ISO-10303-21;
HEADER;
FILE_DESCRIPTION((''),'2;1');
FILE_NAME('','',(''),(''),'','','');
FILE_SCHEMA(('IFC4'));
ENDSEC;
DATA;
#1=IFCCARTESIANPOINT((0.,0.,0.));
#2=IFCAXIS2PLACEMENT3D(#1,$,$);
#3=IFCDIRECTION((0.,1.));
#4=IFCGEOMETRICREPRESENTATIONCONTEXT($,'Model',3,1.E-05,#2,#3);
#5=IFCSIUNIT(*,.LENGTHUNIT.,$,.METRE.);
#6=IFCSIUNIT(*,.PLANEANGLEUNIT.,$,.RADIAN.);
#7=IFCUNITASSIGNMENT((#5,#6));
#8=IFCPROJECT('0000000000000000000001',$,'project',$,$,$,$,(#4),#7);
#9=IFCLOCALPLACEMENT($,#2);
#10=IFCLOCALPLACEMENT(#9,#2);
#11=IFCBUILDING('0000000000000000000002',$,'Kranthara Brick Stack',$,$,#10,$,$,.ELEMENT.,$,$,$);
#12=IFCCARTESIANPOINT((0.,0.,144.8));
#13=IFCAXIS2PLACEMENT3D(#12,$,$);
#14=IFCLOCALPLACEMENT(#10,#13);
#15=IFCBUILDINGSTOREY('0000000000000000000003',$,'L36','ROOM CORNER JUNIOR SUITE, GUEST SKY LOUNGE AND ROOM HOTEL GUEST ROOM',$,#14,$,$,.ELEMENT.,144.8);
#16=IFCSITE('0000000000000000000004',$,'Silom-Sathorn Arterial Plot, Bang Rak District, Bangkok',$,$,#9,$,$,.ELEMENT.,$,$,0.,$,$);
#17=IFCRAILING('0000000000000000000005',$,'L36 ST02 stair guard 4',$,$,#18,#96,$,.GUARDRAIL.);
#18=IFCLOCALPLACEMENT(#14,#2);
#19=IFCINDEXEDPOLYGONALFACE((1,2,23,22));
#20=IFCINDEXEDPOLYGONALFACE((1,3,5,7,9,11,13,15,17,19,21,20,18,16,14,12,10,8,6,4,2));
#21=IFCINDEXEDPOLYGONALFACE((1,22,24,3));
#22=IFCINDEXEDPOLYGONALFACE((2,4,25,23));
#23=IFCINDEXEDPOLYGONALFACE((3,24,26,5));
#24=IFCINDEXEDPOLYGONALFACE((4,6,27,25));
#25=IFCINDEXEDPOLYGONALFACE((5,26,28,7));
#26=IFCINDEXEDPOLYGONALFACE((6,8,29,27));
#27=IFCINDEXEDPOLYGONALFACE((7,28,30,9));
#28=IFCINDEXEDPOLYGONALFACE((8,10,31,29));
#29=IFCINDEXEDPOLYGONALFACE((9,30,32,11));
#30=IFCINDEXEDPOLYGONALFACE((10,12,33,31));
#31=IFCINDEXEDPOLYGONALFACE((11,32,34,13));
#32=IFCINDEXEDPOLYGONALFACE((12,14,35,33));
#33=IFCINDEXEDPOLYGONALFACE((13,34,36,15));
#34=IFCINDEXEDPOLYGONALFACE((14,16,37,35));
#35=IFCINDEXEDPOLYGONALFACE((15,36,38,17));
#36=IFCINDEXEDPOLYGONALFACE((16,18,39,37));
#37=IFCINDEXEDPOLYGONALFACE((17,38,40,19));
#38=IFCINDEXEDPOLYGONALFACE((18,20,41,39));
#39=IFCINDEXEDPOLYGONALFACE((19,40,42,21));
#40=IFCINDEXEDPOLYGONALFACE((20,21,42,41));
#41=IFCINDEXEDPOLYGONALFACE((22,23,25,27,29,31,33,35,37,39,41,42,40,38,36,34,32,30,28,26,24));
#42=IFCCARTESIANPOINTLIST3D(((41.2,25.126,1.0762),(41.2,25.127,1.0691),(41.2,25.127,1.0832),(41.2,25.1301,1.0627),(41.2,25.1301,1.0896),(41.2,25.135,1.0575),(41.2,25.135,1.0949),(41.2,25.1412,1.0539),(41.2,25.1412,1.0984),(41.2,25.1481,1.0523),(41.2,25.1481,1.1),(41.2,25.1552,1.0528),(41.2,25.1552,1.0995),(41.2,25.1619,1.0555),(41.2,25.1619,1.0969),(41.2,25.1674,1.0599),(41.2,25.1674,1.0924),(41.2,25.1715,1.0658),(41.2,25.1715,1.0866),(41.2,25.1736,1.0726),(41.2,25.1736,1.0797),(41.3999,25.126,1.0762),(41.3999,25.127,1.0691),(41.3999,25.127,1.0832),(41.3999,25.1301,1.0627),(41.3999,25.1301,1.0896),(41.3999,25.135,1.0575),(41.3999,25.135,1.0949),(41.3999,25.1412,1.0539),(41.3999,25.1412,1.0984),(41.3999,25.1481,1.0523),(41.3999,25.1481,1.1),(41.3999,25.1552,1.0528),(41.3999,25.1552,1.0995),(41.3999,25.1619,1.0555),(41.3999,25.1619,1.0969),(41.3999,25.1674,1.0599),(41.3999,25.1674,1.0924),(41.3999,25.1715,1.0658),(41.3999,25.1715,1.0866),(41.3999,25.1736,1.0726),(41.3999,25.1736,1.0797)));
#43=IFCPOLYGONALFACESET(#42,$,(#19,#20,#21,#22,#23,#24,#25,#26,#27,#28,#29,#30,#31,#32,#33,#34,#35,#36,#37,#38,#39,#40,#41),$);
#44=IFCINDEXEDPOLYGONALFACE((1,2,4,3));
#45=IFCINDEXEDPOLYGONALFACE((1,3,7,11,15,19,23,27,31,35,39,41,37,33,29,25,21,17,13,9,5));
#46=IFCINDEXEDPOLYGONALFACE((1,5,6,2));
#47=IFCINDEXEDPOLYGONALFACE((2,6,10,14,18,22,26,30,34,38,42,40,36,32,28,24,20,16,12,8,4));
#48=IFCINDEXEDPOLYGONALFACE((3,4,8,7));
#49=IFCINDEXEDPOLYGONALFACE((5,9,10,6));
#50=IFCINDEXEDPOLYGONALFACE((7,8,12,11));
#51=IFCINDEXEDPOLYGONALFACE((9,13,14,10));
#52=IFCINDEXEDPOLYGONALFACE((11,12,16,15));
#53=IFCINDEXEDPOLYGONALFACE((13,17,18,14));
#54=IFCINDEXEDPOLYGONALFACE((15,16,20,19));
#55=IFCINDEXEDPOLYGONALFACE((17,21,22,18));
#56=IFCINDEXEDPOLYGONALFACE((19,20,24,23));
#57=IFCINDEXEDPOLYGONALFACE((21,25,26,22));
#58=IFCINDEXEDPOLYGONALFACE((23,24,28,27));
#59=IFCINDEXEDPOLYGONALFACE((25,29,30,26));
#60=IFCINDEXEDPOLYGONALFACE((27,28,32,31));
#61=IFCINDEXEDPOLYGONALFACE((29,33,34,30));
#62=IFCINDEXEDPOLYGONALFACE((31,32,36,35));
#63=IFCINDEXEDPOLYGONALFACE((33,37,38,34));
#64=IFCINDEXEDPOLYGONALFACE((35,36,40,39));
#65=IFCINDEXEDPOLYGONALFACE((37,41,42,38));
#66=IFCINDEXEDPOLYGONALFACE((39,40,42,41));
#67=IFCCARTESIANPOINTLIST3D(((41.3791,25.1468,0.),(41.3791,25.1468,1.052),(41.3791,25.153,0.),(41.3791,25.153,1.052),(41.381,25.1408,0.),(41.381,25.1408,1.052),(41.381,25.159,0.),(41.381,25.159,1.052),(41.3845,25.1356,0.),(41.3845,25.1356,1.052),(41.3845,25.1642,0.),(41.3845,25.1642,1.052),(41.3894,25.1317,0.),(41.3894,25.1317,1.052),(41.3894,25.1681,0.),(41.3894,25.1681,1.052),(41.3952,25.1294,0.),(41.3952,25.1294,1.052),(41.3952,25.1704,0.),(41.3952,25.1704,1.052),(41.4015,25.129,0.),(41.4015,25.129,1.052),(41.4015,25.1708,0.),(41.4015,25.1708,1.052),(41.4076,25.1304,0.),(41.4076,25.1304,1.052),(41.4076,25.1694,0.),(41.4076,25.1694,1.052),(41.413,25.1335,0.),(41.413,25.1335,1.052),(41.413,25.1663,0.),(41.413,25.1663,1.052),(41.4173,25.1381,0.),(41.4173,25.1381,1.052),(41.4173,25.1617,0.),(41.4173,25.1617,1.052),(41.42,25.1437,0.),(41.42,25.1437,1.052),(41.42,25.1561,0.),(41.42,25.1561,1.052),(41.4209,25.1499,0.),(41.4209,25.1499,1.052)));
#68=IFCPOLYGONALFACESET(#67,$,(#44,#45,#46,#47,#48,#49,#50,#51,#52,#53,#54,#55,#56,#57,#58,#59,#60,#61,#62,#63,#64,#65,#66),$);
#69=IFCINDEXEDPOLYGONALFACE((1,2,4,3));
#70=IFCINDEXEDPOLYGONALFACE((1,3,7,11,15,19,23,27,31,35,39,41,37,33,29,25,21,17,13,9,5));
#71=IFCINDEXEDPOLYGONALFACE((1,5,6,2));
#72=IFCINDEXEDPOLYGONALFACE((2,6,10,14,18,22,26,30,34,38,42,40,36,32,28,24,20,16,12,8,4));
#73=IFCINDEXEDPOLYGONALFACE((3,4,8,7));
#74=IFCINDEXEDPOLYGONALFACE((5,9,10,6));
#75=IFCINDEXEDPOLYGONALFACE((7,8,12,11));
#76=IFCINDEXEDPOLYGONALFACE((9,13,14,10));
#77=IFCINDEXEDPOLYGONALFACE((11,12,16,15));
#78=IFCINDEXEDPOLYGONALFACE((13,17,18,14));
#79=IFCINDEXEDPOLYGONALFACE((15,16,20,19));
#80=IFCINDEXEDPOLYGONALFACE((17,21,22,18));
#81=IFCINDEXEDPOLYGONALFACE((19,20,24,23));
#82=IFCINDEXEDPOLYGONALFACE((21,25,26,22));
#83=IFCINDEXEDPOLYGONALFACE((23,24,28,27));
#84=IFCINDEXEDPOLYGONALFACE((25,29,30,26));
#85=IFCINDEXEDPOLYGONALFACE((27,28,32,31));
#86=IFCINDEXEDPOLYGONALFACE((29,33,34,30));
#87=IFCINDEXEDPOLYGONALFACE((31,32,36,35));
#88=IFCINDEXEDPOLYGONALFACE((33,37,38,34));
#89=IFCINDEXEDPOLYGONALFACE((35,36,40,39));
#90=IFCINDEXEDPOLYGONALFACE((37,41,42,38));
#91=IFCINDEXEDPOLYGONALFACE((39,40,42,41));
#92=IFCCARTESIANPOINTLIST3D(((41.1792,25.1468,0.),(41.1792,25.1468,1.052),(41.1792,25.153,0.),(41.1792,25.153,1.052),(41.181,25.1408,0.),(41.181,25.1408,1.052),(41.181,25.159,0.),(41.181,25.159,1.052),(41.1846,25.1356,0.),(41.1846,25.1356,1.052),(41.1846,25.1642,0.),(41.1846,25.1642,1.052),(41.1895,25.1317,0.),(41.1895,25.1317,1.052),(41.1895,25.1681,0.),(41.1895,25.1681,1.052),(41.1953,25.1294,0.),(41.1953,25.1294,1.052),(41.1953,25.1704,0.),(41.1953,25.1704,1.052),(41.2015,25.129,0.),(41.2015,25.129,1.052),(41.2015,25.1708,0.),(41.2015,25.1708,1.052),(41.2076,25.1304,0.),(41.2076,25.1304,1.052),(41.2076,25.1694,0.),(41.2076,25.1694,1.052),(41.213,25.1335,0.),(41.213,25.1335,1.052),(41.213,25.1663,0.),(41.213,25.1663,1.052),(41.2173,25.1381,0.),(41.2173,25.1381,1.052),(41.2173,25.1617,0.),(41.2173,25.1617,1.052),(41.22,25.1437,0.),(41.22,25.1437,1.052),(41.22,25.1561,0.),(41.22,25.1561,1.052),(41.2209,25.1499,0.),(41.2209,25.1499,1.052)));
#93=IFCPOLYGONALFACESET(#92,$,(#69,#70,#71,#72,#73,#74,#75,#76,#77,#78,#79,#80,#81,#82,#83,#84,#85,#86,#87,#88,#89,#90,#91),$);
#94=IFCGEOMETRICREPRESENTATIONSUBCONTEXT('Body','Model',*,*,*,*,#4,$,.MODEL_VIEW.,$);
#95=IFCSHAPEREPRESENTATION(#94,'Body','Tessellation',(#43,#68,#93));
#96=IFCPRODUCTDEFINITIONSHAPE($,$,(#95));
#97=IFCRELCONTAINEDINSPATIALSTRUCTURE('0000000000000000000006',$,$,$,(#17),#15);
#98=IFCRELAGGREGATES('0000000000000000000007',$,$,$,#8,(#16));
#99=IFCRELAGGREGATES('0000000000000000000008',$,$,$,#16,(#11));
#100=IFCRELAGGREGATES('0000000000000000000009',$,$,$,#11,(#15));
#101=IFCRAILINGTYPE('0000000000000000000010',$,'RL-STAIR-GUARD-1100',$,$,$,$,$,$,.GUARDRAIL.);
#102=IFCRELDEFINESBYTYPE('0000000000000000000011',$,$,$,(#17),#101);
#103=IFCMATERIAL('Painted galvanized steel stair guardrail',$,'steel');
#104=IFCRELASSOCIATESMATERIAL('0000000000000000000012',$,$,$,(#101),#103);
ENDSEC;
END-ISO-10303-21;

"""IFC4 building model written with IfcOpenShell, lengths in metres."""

from ifc_helpers import new_model, si_unit, direction, frame, origin, origin_2d, place, context, subcontext, project, spatial, circle, extrude, material, type_object, element, save


model = new_model("IFC4")

# Units and contexts
model_context = context("Model", 3, precision=1e-05, world=origin(), true_north=direction((0.0, 1.0)))
body_context = subcontext(model_context, "Body", "Model", "MODEL_VIEW")
ifc_project = project(units=[si_unit("LENGTHUNIT", "METRE"), si_unit("PLANEANGLEUNIT", "RADIAN")], contexts=[model_context])

# Site, building, storey
site_placement = place(None, origin())
site = spatial("IfcSite", under=ifc_project, at=site_placement, Name="Silom-Sathorn Arterial Plot, Bang Rak District, Bangkok", CompositionType="ELEMENT", RefElevation=0.0)
building_placement = place(site_placement, origin())
building = spatial("IfcBuilding", under=site, at=building_placement, Name="Kranthara Brick Stack", CompositionType="ELEMENT")
storey_placement = place(building_placement, frame((0.0, 0.0, 144.8)))
storey = spatial("IfcBuildingStorey", under=building, at=storey_placement, Name="L36", Description="ROOM CORNER JUNIOR SUITE, GUEST SKY LOUNGE AND ROOM HOTEL GUEST ROOM", CompositionType="ELEMENT", Elevation=144.8)

# Railing
ifc_material_1 = material(Name="Painted galvanized steel stair guardrail", Category="steel")
railing_type_1 = type_object("IfcRailingType", Name="RL-STAIR-GUARD-1100", PredefinedType="GUARDRAIL", material=ifc_material_1)
railing_1_placement = place(storey_placement, frame((41.3999, 25.1499, 0.0)))
element("IfcRailing", 1, at=railing_1_placement, inside=storey, type_object=railing_type_1, Name="L36 ST02 stair guard 4", PredefinedType="GUARDRAIL", context=body_context, shape_type="SweptSolid", body=[
    extrude(circle(Radius=0.0239, at=origin_2d()), frame((0.0, 0.0, 1.0762), z_axis=(-1.0, 0.0, 0.0), x_axis=(0.0, -1.0, 0.0)), (0.0, 0.0, 1.0), 0.2),
    extrude(circle(Radius=0.021, at=origin_2d()), origin(), (0.0, 0.0, 1.0), 1.052),
    extrude(circle(Radius=0.021, at=origin_2d()), frame((-0.2, 0.0, 0.0)), (0.0, 0.0, 1.0), 1.052),
])

save(model, "model.ifc")
